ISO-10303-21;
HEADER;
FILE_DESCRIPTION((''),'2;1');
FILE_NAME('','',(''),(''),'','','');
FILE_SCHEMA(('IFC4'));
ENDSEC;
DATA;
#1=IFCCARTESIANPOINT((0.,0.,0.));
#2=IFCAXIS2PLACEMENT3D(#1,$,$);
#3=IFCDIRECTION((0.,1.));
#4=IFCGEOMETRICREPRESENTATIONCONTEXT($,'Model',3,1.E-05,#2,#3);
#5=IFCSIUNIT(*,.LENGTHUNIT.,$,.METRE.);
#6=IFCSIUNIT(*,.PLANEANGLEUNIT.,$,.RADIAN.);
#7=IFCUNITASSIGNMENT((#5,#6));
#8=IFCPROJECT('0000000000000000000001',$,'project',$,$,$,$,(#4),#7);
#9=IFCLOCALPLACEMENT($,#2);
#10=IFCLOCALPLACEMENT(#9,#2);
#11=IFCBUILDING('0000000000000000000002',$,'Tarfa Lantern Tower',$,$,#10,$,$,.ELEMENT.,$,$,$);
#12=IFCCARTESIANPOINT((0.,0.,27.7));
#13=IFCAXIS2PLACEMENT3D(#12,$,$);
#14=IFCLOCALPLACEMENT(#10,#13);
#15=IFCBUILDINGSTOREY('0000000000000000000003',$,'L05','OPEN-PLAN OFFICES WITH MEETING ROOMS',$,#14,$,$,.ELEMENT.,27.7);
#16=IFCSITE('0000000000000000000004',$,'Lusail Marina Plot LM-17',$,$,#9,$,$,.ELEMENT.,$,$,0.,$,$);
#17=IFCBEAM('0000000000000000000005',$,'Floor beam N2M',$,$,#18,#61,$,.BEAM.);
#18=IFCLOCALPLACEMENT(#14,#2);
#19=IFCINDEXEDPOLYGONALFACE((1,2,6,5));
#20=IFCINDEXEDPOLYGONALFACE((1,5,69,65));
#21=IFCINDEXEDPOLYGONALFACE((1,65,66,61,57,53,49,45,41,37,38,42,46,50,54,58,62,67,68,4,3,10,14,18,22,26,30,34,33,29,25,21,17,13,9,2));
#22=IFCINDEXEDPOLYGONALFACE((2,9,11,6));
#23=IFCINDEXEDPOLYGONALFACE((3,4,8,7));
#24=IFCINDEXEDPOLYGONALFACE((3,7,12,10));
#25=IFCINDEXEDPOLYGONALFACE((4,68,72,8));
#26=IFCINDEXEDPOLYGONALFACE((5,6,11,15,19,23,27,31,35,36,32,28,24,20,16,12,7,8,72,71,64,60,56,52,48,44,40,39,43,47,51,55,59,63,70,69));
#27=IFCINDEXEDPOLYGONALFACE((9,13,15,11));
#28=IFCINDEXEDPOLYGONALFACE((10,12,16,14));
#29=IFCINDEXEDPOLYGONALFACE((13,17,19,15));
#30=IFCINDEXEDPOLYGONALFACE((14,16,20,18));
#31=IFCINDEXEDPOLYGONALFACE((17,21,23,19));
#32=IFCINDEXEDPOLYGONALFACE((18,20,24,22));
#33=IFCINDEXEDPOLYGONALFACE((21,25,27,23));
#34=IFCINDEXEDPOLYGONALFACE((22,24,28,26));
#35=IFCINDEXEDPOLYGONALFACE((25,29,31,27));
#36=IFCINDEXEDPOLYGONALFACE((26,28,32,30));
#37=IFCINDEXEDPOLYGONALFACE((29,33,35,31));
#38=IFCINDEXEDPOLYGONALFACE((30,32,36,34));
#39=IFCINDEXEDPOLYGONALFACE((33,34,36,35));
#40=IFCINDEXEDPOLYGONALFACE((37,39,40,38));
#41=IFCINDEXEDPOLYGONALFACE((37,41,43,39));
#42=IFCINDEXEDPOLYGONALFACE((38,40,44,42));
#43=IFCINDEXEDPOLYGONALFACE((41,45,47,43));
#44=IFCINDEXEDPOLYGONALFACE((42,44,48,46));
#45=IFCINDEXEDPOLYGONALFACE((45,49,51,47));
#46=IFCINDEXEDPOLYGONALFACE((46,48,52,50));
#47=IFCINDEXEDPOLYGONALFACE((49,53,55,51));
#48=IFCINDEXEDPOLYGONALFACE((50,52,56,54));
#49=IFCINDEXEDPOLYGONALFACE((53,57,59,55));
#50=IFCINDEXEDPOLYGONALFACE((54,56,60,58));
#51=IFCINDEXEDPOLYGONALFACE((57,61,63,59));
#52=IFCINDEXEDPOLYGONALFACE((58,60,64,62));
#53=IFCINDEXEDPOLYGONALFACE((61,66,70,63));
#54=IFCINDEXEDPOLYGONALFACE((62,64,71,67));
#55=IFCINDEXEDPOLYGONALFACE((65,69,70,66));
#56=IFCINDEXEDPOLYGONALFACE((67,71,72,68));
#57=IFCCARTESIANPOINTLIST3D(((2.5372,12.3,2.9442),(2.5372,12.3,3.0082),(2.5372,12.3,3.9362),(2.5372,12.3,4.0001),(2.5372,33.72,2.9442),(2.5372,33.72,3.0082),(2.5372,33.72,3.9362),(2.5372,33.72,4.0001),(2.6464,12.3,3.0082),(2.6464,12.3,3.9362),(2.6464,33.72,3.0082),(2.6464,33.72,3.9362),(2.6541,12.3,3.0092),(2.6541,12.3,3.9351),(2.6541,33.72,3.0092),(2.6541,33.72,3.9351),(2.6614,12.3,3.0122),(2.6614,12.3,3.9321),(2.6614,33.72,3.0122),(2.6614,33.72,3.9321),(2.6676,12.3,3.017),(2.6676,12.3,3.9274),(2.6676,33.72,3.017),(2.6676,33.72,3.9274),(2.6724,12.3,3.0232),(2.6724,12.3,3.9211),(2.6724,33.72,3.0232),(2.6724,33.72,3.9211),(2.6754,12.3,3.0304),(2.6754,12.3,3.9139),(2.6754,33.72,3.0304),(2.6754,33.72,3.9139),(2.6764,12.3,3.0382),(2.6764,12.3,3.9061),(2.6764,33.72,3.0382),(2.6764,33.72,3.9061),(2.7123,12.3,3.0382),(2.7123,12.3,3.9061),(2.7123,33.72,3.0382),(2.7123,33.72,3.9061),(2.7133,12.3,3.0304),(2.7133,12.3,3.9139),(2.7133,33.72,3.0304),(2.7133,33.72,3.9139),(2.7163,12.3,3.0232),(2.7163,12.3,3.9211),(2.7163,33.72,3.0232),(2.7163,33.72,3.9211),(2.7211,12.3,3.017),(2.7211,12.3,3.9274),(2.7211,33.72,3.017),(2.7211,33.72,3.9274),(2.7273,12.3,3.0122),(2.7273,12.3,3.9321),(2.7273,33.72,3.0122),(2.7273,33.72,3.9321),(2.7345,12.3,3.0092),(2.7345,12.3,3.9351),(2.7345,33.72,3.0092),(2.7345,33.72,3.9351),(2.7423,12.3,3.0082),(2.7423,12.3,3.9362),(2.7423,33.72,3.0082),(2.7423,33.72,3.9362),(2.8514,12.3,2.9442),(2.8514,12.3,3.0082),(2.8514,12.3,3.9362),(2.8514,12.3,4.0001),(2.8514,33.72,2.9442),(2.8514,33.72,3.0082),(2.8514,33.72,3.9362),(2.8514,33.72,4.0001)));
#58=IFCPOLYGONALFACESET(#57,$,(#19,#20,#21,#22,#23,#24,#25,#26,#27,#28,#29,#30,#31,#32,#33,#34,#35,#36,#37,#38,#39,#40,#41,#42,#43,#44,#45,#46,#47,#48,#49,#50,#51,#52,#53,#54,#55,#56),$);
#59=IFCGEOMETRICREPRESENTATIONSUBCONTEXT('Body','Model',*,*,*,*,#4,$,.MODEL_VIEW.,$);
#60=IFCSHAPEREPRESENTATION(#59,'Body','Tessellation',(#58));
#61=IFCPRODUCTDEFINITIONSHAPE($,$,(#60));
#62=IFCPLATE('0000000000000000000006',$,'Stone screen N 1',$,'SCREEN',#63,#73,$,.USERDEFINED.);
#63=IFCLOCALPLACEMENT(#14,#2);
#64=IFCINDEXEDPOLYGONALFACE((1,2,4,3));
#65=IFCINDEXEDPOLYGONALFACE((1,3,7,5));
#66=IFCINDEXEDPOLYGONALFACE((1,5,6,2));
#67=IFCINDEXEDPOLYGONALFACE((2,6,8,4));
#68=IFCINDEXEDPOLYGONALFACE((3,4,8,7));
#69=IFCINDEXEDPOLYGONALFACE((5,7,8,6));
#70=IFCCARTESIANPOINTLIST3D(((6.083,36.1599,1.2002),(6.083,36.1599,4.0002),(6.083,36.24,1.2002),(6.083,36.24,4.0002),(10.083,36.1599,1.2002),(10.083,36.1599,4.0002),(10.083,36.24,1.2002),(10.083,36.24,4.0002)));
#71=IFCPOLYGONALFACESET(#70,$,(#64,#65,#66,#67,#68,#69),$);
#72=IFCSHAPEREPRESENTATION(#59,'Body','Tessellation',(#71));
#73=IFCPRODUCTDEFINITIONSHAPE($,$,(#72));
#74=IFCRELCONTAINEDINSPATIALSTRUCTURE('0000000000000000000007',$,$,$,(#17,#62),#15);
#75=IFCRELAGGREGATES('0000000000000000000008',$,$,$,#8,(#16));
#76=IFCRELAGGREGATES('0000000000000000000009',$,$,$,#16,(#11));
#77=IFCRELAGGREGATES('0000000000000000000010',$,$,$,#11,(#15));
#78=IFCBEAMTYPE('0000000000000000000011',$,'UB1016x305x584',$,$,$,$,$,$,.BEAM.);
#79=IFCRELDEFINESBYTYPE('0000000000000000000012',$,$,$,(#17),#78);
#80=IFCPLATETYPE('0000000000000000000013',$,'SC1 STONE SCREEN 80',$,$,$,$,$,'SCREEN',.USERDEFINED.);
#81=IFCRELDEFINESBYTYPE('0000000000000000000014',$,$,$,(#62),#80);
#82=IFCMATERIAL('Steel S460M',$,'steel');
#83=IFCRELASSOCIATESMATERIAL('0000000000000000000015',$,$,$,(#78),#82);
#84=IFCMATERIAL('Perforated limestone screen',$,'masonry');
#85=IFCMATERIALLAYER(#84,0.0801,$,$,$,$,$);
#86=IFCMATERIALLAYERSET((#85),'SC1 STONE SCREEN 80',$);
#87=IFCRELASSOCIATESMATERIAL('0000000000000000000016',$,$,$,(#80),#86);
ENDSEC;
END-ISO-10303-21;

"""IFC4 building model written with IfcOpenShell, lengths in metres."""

from ifc_helpers import new_model, si_unit, direction, frame, origin, origin_2d, place, context, subcontext, project, spatial, rectangle, i_section, extrude, material, layer, layer_set, material_profile, profile_set, type_object, element, save


model = new_model("IFC4")

# Units and contexts
model_context = context("Model", 3, precision=1e-05, world=origin(), true_north=direction((0.0, 1.0)))
body_context = subcontext(model_context, "Body", "Model", "MODEL_VIEW")
ifc_project = project(units=[si_unit("LENGTHUNIT", "METRE"), si_unit("PLANEANGLEUNIT", "RADIAN")], contexts=[model_context])

# Site, building, storey
site_placement = place(None, origin())
site = spatial("IfcSite", under=ifc_project, at=site_placement, Name="Lusail Marina Plot LM-17", CompositionType="ELEMENT", RefElevation=0.0)
building_placement = place(site_placement, origin())
building = spatial("IfcBuilding", under=site, at=building_placement, Name="Tarfa Lantern Tower", CompositionType="ELEMENT")
storey_placement = place(building_placement, frame((0.0, 0.0, 27.7)))
storey = spatial("IfcBuildingStorey", under=building, at=storey_placement, Name="L05", Description="OPEN-PLAN OFFICES WITH MEETING ROOMS", CompositionType="ELEMENT", Elevation=27.7)

# Beam
ifc_material_1 = material(Name="Steel S460M", Category="steel")
ifc_material_profile_1 = material_profile(ifc_material_1, i_section(OverallWidth=0.3142, OverallDepth=1.0559, WebThickness=0.0359, FlangeThickness=0.064, FilletRadius=0.03, at=origin_2d()), Name="UB1016x305x584")
ifc_profile_set_1 = profile_set([ifc_material_profile_1], Name="Steel S460M")
beam_type_1 = type_object("IfcBeamType", Name="UB1016x305x584", PredefinedType="BEAM", material=ifc_profile_set_1)
for number, where, z_axis, x_axis, name in (
    (1, (2.6943, 33.72, 3.4722), (0.0, -1.0, 0.0), (1.0, 0.0, 0.0), "Floor beam N2M"),
):
    element("IfcBeam", number, at=place(storey_placement, frame(where, z_axis=z_axis, x_axis=x_axis)), inside=storey, type_object=beam_type_1, Name=name, PredefinedType="BEAM", context=body_context, shape_type="SweptSolid", body=[
        extrude(i_section(OverallWidth=0.3142, OverallDepth=1.0559, WebThickness=0.0359, FlangeThickness=0.064, FilletRadius=0.03, at=origin_2d()), origin(), (0.0, 0.0, 1.0), 21.4199),
    ])

# Plate
ifc_material_2 = material(Name="Perforated limestone screen", Category="masonry")
ifc_layer_1 = layer(ifc_material_2, 0.0801)
ifc_layer_set_1 = layer_set([ifc_layer_1], Name="SC1 STONE SCREEN 80")
plate_type = type_object("IfcPlateType", Name="SC1 STONE SCREEN 80", ElementType="SCREEN", PredefinedType="USERDEFINED", material=ifc_layer_set_1)
plate_placement = place(storey_placement, frame((8.083, 36.2, 1.2002), z_axis=(0.0, 0.0, 1.0), x_axis=(-1.0, 0.0, 0.0)))
element("IfcPlate", 2, at=plate_placement, inside=storey, type_object=plate_type, Name="Stone screen N 1", ObjectType="SCREEN", PredefinedType="USERDEFINED", context=body_context, shape_type="SweptSolid", body=[
    extrude(rectangle(XDim=4.0, YDim=0.0801, at=origin_2d()), origin(), (0.0, 0.0, 1.0), 2.8),
])

save(model, "model.ifc")
